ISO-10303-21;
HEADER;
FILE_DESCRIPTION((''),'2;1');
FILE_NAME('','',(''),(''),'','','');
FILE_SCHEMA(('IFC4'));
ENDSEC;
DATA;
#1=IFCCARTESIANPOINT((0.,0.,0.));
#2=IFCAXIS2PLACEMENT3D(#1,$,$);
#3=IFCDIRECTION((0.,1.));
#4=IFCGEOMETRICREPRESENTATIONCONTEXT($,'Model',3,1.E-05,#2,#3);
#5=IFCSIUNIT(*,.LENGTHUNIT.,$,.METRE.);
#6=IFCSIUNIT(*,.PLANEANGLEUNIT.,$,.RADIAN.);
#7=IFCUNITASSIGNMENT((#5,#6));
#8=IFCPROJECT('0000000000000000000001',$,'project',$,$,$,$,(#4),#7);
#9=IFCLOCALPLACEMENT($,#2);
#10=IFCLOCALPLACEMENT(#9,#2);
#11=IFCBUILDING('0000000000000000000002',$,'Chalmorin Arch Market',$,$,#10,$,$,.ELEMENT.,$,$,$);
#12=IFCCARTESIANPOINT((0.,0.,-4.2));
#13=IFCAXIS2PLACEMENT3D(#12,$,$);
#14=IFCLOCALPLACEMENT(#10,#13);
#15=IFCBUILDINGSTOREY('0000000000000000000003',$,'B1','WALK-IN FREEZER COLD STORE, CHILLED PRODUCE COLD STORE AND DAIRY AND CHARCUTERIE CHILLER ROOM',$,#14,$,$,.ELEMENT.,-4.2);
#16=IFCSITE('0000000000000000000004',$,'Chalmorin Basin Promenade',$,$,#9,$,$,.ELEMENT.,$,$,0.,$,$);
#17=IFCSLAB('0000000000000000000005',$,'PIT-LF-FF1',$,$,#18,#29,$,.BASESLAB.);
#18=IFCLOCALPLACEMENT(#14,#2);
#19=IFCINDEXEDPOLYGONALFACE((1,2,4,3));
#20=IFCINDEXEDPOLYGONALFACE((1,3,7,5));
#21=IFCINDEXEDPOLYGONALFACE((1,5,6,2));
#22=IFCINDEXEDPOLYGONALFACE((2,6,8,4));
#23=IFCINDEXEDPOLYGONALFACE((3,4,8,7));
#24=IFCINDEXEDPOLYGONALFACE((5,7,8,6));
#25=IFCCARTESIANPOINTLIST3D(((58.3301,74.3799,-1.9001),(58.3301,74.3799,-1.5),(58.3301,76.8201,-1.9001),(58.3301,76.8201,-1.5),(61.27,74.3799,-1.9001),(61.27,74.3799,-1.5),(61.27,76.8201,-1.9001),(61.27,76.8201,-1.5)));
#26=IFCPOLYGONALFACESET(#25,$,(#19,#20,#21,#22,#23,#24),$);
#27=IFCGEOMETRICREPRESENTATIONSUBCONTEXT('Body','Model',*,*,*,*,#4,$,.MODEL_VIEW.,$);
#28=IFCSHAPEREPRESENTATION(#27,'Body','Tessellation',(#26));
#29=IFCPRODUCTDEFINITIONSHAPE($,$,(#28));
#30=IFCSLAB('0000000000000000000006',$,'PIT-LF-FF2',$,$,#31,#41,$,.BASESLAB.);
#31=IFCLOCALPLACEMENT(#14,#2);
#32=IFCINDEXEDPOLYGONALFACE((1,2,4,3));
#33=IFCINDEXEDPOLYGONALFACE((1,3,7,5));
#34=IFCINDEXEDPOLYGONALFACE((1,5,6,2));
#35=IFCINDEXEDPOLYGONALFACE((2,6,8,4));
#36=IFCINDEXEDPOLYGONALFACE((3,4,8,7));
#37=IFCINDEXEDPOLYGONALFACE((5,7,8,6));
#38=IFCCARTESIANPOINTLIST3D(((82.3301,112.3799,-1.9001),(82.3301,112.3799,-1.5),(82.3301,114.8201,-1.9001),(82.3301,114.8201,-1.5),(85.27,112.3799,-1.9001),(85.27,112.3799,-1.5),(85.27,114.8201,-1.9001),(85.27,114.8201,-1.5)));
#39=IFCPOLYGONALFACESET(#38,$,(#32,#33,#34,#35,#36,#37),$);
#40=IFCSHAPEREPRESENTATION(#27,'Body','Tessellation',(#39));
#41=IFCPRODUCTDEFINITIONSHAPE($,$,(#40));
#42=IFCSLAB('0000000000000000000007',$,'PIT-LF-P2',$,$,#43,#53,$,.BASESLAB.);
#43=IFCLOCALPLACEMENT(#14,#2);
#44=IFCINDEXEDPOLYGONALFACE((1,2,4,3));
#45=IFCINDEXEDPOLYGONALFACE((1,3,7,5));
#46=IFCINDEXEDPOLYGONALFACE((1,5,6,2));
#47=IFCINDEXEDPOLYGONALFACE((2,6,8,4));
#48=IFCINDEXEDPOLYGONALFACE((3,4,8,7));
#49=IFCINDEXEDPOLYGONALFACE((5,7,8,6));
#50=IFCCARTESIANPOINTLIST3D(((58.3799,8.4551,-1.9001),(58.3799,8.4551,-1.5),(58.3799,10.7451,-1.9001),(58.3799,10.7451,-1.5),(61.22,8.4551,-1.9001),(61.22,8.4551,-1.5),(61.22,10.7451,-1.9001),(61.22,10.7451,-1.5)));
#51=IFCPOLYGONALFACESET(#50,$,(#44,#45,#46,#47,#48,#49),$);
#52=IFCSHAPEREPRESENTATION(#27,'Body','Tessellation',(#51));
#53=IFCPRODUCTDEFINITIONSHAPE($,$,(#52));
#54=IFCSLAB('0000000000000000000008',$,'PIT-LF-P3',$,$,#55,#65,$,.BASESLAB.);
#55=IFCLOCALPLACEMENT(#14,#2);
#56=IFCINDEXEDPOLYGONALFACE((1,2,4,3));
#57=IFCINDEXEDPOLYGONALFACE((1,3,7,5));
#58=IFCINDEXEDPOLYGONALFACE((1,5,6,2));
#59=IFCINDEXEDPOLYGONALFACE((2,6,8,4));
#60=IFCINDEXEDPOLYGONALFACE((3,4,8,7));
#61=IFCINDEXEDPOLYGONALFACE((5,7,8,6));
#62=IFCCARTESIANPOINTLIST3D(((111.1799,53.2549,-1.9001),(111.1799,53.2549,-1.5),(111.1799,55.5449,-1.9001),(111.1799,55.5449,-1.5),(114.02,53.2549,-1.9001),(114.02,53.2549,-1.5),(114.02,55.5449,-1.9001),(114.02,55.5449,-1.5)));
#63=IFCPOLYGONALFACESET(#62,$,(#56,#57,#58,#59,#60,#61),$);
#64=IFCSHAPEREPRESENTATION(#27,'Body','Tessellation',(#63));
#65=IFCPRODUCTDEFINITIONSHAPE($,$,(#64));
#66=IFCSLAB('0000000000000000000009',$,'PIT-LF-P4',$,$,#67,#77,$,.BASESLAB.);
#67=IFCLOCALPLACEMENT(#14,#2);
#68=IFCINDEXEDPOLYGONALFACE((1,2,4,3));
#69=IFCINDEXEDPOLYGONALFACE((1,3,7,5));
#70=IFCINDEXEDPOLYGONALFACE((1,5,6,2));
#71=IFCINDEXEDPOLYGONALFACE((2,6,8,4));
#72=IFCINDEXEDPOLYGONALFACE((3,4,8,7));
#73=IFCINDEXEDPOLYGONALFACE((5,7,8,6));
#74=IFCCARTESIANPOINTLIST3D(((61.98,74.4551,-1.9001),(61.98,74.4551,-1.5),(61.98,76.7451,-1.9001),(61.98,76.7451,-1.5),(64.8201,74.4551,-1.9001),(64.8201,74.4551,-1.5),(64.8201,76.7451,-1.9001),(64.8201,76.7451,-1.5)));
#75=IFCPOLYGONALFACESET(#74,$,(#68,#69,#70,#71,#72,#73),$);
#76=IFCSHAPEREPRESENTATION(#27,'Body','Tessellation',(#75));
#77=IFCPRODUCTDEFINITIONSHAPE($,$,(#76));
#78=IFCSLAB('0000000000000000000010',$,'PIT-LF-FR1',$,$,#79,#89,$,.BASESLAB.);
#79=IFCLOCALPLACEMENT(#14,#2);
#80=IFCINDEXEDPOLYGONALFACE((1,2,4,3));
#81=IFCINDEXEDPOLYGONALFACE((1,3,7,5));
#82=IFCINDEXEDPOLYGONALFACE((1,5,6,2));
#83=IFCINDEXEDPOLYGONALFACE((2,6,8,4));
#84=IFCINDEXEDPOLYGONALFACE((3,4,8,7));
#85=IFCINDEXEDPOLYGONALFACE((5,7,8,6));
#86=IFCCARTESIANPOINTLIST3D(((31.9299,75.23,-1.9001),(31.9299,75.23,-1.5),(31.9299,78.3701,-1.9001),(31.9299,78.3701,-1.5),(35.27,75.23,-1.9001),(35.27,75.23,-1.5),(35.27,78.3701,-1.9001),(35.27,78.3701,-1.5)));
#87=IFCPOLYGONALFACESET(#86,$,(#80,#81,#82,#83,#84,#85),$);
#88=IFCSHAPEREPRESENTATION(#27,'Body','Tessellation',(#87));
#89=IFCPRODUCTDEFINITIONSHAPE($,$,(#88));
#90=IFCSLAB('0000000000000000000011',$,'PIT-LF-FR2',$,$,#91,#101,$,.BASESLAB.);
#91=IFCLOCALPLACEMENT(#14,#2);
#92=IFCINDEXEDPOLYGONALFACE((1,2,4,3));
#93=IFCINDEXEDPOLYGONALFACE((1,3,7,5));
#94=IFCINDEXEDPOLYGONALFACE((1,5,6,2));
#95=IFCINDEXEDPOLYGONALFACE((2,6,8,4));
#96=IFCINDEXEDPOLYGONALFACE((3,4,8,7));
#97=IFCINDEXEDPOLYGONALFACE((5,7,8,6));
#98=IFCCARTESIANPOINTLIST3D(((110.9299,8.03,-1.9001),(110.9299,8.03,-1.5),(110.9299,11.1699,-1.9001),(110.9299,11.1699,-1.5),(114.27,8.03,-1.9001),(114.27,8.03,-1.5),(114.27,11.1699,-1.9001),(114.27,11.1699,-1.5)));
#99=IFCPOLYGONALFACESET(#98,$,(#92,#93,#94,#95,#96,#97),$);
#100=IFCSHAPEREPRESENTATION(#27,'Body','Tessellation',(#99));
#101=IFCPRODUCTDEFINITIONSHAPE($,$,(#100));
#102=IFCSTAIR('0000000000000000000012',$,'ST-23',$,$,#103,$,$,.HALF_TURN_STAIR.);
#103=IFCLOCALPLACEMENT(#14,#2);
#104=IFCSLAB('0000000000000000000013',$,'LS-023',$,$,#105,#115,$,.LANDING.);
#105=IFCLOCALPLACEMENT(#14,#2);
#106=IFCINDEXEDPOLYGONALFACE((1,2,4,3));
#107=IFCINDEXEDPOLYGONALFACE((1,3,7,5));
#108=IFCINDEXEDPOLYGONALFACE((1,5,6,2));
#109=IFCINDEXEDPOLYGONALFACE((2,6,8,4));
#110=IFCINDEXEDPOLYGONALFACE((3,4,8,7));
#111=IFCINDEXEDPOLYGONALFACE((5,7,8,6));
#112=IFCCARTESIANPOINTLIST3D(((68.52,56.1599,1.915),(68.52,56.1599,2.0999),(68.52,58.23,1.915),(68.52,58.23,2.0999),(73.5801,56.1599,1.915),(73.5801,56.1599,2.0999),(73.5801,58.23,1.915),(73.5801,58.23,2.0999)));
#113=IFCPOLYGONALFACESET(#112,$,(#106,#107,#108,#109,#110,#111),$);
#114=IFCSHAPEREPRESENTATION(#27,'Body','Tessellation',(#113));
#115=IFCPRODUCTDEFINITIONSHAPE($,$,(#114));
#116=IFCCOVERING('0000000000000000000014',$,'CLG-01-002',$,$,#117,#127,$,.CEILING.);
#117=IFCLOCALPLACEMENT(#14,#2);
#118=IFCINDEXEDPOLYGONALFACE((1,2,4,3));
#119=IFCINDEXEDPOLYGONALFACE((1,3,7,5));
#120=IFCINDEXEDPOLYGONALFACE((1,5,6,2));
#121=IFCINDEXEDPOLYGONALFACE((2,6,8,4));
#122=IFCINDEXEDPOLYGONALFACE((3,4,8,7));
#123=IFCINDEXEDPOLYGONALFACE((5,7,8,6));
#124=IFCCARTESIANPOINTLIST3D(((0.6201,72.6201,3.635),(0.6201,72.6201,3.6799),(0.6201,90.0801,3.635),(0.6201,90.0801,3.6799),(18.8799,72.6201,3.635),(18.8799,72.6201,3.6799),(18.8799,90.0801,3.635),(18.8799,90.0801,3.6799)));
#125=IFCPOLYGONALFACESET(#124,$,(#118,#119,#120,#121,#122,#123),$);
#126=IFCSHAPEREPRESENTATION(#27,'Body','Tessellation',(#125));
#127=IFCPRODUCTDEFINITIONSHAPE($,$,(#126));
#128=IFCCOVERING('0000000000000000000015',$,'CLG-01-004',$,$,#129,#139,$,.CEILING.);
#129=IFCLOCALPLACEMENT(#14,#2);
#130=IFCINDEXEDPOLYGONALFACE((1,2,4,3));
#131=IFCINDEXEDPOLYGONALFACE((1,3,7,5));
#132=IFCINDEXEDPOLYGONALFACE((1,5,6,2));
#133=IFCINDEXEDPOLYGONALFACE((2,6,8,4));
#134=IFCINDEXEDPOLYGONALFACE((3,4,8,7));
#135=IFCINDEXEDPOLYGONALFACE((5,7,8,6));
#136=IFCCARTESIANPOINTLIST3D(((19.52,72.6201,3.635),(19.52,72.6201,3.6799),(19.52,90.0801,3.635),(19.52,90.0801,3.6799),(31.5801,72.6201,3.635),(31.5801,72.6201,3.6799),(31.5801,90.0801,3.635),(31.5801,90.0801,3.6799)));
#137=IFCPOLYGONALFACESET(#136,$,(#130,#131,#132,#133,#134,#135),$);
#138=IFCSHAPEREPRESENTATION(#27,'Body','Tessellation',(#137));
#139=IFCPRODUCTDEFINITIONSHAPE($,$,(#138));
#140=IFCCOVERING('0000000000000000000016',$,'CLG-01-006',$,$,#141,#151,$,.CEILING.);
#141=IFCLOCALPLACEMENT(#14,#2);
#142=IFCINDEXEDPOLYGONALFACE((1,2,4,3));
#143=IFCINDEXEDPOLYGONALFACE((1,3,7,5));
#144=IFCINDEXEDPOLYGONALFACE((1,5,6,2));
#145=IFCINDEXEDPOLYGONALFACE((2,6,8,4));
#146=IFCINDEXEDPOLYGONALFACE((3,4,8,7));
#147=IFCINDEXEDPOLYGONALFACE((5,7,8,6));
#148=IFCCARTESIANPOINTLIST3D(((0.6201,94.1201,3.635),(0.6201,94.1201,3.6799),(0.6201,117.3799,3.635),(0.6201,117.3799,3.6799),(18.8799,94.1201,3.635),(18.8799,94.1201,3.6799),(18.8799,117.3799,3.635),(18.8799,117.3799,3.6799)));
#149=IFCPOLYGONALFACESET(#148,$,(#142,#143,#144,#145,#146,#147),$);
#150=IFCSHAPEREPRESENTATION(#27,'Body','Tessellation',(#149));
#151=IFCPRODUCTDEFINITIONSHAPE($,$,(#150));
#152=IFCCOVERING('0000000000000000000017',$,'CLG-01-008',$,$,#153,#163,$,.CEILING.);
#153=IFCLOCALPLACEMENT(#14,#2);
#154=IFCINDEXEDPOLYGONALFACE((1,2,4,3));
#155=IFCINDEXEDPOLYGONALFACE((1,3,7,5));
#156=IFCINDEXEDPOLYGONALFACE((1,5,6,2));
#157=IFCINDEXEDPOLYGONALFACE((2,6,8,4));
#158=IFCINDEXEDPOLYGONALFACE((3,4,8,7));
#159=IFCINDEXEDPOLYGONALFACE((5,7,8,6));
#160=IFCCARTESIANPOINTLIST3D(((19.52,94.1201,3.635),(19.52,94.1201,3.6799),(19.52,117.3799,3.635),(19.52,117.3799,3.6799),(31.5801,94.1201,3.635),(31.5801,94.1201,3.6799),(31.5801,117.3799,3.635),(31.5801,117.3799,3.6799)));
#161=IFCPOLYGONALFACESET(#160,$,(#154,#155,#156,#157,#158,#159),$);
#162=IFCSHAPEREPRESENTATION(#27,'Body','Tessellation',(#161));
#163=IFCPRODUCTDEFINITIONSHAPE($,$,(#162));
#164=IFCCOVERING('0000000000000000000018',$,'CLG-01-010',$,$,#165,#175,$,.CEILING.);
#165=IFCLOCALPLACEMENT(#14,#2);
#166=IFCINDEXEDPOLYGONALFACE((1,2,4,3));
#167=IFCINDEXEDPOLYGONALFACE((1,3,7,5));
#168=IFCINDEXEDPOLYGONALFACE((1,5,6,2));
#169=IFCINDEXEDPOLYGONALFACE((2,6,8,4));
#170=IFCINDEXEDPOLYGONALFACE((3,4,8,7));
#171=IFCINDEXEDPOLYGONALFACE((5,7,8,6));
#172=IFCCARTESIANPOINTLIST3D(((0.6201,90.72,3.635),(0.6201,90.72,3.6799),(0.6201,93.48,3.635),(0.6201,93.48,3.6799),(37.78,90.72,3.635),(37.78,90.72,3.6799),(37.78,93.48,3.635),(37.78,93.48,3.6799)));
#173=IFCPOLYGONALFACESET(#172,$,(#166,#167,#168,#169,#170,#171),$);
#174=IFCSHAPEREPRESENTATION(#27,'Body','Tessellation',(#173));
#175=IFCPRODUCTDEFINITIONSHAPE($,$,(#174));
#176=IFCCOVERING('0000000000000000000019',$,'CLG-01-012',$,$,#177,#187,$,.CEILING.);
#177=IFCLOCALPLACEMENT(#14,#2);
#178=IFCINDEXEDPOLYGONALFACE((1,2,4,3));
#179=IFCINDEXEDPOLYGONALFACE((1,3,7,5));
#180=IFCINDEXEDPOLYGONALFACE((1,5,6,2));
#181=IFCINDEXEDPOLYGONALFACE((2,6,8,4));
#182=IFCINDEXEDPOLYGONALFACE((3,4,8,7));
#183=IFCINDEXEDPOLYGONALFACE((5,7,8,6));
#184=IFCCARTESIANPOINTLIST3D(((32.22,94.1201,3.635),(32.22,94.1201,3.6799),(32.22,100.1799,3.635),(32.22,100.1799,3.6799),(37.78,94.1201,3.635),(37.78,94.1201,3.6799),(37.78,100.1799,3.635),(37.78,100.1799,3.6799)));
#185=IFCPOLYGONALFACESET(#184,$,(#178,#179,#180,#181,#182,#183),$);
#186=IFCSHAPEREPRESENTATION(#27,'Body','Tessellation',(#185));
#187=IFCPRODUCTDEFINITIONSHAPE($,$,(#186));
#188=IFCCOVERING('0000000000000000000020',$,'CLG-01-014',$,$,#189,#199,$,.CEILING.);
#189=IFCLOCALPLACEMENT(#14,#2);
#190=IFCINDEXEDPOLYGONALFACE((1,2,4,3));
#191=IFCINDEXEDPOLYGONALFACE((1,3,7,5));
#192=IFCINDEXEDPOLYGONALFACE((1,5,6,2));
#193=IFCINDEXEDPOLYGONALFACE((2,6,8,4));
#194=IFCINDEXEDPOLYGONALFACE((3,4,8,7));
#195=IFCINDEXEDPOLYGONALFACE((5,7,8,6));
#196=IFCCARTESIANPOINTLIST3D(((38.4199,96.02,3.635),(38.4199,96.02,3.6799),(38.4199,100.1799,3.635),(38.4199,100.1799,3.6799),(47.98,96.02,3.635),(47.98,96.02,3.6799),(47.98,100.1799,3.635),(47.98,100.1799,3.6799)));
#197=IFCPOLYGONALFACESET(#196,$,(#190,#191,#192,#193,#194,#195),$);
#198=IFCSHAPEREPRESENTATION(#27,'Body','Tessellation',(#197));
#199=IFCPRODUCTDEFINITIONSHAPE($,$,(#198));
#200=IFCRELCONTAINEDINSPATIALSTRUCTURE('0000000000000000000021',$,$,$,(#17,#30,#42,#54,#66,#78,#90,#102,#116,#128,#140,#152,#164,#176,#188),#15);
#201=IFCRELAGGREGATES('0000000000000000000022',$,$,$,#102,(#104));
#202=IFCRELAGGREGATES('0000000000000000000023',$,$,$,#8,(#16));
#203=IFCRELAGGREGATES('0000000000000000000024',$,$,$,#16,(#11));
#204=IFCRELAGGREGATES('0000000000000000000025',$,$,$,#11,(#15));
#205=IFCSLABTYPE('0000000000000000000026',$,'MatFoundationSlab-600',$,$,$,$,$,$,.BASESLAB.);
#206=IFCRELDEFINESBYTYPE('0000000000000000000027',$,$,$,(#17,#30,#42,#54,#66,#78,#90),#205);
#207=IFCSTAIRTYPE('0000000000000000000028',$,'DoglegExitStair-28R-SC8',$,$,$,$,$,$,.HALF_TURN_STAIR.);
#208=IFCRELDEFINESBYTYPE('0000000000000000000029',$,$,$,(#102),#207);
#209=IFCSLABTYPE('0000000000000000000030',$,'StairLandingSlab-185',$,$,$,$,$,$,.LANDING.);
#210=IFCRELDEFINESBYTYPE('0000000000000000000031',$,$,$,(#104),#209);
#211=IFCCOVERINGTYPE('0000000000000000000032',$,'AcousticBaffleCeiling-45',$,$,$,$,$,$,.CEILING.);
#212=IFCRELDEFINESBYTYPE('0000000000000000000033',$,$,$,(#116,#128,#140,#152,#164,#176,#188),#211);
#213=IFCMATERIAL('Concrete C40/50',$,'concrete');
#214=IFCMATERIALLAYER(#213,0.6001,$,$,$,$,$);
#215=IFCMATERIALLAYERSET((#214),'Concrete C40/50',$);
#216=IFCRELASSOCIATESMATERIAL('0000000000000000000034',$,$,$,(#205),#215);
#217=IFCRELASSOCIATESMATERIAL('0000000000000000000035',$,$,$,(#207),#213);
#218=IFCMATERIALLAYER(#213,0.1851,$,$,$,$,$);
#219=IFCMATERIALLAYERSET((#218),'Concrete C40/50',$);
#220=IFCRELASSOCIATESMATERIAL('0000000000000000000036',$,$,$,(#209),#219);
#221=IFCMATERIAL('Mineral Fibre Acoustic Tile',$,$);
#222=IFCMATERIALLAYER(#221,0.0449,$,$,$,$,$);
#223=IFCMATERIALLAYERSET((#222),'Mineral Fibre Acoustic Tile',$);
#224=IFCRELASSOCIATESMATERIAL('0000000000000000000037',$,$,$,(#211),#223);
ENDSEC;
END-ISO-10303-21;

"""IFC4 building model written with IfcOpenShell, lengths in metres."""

from ifc_helpers import new_model, si_unit, direction, frame, origin, place, context, subcontext, project, spatial, polyline, outline, extrude, material, layer, layer_set, type_object, element, aggregate, save


model = new_model("IFC4")

# Units and contexts
model_context = context("Model", 3, precision=1e-05, world=origin(), true_north=direction((0.0, 1.0)))
body_context = subcontext(model_context, "Body", "Model", "MODEL_VIEW")
ifc_project = project(units=[si_unit("LENGTHUNIT", "METRE"), si_unit("PLANEANGLEUNIT", "RADIAN")], contexts=[model_context])

# Site, building, storey
site_placement = place(None, origin())
site = spatial("IfcSite", under=ifc_project, at=site_placement, Name="Chalmorin Basin Promenade", CompositionType="ELEMENT", RefElevation=0.0)
building_placement = place(site_placement, origin())
building = spatial("IfcBuilding", under=site, at=building_placement, Name="Chalmorin Arch Market", CompositionType="ELEMENT")
storey_placement = place(building_placement, frame((0.0, 0.0, -4.2)))
storey = spatial("IfcBuildingStorey", under=building, at=storey_placement, Name="B1", Description="WALK-IN FREEZER COLD STORE, CHILLED PRODUCE COLD STORE AND DAIRY AND CHARCUTERIE CHILLER ROOM", CompositionType="ELEMENT", Elevation=-4.2)

# Slabs
ifc_material_1 = material(Name="Concrete C40/50", Category="concrete")
ifc_layer_1 = layer(ifc_material_1, 0.6001)
ifc_layer_set_1 = layer_set([ifc_layer_1], Name="Concrete C40/50")
slab_type_1 = type_object("IfcSlabType", Name="MatFoundationSlab-600", PredefinedType="BASESLAB", material=ifc_layer_set_1)
slab_1_placement = place(storey_placement, frame((0.0, 0.0, -1.9001)))
element("IfcSlab", 1, at=slab_1_placement, inside=storey, type_object=slab_type_1, Name="PIT-LF-FF1", PredefinedType="BASESLAB", context=body_context, shape_type="SweptSolid", body=[
    extrude(outline(polyline([(58.3301, 74.3799), (61.27, 74.3799), (61.27, 76.8201), (58.3301, 76.8201), (58.3301, 74.3799)])), origin(), (0.0, 0.0, 1.0), 0.4001),
])
slab_2_placement = place(storey_placement, frame((0.0, 0.0, -1.9001)))
element("IfcSlab", 2, at=slab_2_placement, inside=storey, type_object=slab_type_1, Name="PIT-LF-FF2", PredefinedType="BASESLAB", context=body_context, shape_type="SweptSolid", body=[
    extrude(outline(polyline([(82.3301, 112.3799), (85.27, 112.3799), (85.27, 114.8201), (82.3301, 114.8201), (82.3301, 112.3799)])), origin(), (0.0, 0.0, 1.0), 0.4001),
])
slab_3_placement = place(storey_placement, frame((0.0, 0.0, -1.9001)))
element("IfcSlab", 3, at=slab_3_placement, inside=storey, type_object=slab_type_1, Name="PIT-LF-P2", PredefinedType="BASESLAB", context=body_context, shape_type="SweptSolid", body=[
    extrude(outline(polyline([(58.3799, 8.4551), (61.22, 8.4551), (61.22, 10.7451), (58.3799, 10.7451), (58.3799, 8.4551)])), origin(), (0.0, 0.0, 1.0), 0.4001),
])
slab_4_placement = place(storey_placement, frame((0.0, 0.0, -1.9001)))
element("IfcSlab", 4, at=slab_4_placement, inside=storey, type_object=slab_type_1, Name="PIT-LF-P3", PredefinedType="BASESLAB", context=body_context, shape_type="SweptSolid", body=[
    extrude(outline(polyline([(111.1799, 53.2549), (114.02, 53.2549), (114.02, 55.5449), (111.1799, 55.5449), (111.1799, 53.2549)])), origin(), (0.0, 0.0, 1.0), 0.4001),
])
slab_5_placement = place(storey_placement, frame((0.0, 0.0, -1.9001)))
element("IfcSlab", 5, at=slab_5_placement, inside=storey, type_object=slab_type_1, Name="PIT-LF-P4", PredefinedType="BASESLAB", context=body_context, shape_type="SweptSolid", body=[
    extrude(outline(polyline([(61.98, 74.4551), (64.8201, 74.4551), (64.8201, 76.7451), (61.98, 76.7451), (61.98, 74.4551)])), origin(), (0.0, 0.0, 1.0), 0.4001),
])
slab_6_placement = place(storey_placement, frame((0.0, 0.0, -1.9001)))
element("IfcSlab", 6, at=slab_6_placement, inside=storey, type_object=slab_type_1, Name="PIT-LF-FR1", PredefinedType="BASESLAB", context=body_context, shape_type="SweptSolid", body=[
    extrude(outline(polyline([(31.9299, 75.23), (35.27, 75.23), (35.27, 78.3701), (31.9299, 78.3701), (31.9299, 75.23)])), origin(), (0.0, 0.0, 1.0), 0.4001),
])
slab_7_placement = place(storey_placement, frame((0.0, 0.0, -1.9001)))
element("IfcSlab", 7, at=slab_7_placement, inside=storey, type_object=slab_type_1, Name="PIT-LF-FR2", PredefinedType="BASESLAB", context=body_context, shape_type="SweptSolid", body=[
    extrude(outline(polyline([(110.9299, 8.03), (114.27, 8.03), (114.27, 11.1699), (110.9299, 11.1699), (110.9299, 8.03)])), origin(), (0.0, 0.0, 1.0), 0.4001),
])

# Stair, slab
stair_type = type_object("IfcStairType", Name="DoglegExitStair-28R-SC8", PredefinedType="HALF_TURN_STAIR", material=ifc_material_1)
stair_placement = place(storey_placement, origin())
stair = element("IfcStair", 8, at=stair_placement, inside=storey, type_object=stair_type, Name="ST-23", PredefinedType="HALF_TURN_STAIR")
ifc_layer_2 = layer(ifc_material_1, 0.1851)
ifc_layer_set_2 = layer_set([ifc_layer_2], Name="Concrete C40/50")
slab_type_2 = type_object("IfcSlabType", Name="StairLandingSlab-185", PredefinedType="LANDING", material=ifc_layer_set_2)
slab_8_placement = place(storey_placement, frame((0.0, 0.0, 1.915)))
slab_8 = element("IfcSlab", 9, at=slab_8_placement, type_object=slab_type_2, Name="LS-023", PredefinedType="LANDING", context=body_context, shape_type="SweptSolid", body=[
    extrude(outline(polyline([(68.52, 56.1599), (73.5801, 56.1599), (73.5801, 58.23), (68.52, 58.23), (68.52, 56.1599)])), origin(), (0.0, 0.0, 1.0), 0.1848),
])
aggregate(stair, [slab_8])

# Coverings
ifc_material_2 = material(Name="Mineral Fibre Acoustic Tile")
ifc_layer_3 = layer(ifc_material_2, 0.0449)
ifc_layer_set_3 = layer_set([ifc_layer_3], Name="Mineral Fibre Acoustic Tile")
covering_type_1 = type_object("IfcCoveringType", Name="AcousticBaffleCeiling-45", PredefinedType="CEILING", material=ifc_layer_set_3)
covering_1_placement = place(storey_placement, frame((0.0, 0.0, 3.635)))
element("IfcCovering", 10, at=covering_1_placement, inside=storey, type_object=covering_type_1, Name="CLG-01-002", PredefinedType="CEILING", context=body_context, shape_type="SweptSolid", body=[
    extrude(outline(polyline([(0.6201, 72.6201), (18.8799, 72.6201), (18.8799, 90.0801), (0.6201, 90.0801), (0.6201, 72.6201)])), origin(), (0.0, 0.0, 1.0), 0.0449),
])
covering_2_placement = place(storey_placement, frame((0.0, 0.0, 3.635)))
element("IfcCovering", 11, at=covering_2_placement, inside=storey, type_object=covering_type_1, Name="CLG-01-004", PredefinedType="CEILING", context=body_context, shape_type="SweptSolid", body=[
    extrude(outline(polyline([(19.52, 72.6201), (31.5801, 72.6201), (31.5801, 90.0801), (19.52, 90.0801), (19.52, 72.6201)])), origin(), (0.0, 0.0, 1.0), 0.0449),
])
covering_3_placement = place(storey_placement, frame((0.0, 0.0, 3.635)))
element("IfcCovering", 12, at=covering_3_placement, inside=storey, type_object=covering_type_1, Name="CLG-01-006", PredefinedType="CEILING", context=body_context, shape_type="SweptSolid", body=[
    extrude(outline(polyline([(0.6201, 94.1201), (18.8799, 94.1201), (18.8799, 117.3799), (0.6201, 117.3799), (0.6201, 94.1201)])), origin(), (0.0, 0.0, 1.0), 0.0449),
])
covering_4_placement = place(storey_placement, frame((0.0, 0.0, 3.635)))
element("IfcCovering", 13, at=covering_4_placement, inside=storey, type_object=covering_type_1, Name="CLG-01-008", PredefinedType="CEILING", context=body_context, shape_type="SweptSolid", body=[
    extrude(outline(polyline([(19.52, 94.1201), (31.5801, 94.1201), (31.5801, 117.3799), (19.52, 117.3799), (19.52, 94.1201)])), origin(), (0.0, 0.0, 1.0), 0.0449),
])
covering_5_placement = place(storey_placement, frame((0.0, 0.0, 3.635)))
element("IfcCovering", 14, at=covering_5_placement, inside=storey, type_object=covering_type_1, Name="CLG-01-010", PredefinedType="CEILING", context=body_context, shape_type="SweptSolid", body=[
    extrude(outline(polyline([(0.6201, 90.72), (37.78, 90.72), (37.78, 93.48), (0.6201, 93.48), (0.6201, 90.72)])), origin(), (0.0, 0.0, 1.0), 0.0449),
])
covering_6_placement = place(storey_placement, frame((0.0, 0.0, 3.635)))
element("IfcCovering", 15, at=covering_6_placement, inside=storey, type_object=covering_type_1, Name="CLG-01-012", PredefinedType="CEILING", context=body_context, shape_type="SweptSolid", body=[
    extrude(outline(polyline([(32.22, 94.1201), (37.78, 94.1201), (37.78, 100.1799), (32.22, 100.1799), (32.22, 94.1201)])), origin(), (0.0, 0.0, 1.0), 0.0449),
])
covering_7_placement = place(storey_placement, frame((0.0, 0.0, 3.635)))
element("IfcCovering", 16, at=covering_7_placement, inside=storey, type_object=covering_type_1, Name="CLG-01-014", PredefinedType="CEILING", context=body_context, shape_type="SweptSolid", body=[
    extrude(outline(polyline([(38.4199, 96.02), (47.98, 96.02), (47.98, 100.1799), (38.4199, 100.1799), (38.4199, 96.02)])), origin(), (0.0, 0.0, 1.0), 0.0449),
])

save(model, "model.ifc")
